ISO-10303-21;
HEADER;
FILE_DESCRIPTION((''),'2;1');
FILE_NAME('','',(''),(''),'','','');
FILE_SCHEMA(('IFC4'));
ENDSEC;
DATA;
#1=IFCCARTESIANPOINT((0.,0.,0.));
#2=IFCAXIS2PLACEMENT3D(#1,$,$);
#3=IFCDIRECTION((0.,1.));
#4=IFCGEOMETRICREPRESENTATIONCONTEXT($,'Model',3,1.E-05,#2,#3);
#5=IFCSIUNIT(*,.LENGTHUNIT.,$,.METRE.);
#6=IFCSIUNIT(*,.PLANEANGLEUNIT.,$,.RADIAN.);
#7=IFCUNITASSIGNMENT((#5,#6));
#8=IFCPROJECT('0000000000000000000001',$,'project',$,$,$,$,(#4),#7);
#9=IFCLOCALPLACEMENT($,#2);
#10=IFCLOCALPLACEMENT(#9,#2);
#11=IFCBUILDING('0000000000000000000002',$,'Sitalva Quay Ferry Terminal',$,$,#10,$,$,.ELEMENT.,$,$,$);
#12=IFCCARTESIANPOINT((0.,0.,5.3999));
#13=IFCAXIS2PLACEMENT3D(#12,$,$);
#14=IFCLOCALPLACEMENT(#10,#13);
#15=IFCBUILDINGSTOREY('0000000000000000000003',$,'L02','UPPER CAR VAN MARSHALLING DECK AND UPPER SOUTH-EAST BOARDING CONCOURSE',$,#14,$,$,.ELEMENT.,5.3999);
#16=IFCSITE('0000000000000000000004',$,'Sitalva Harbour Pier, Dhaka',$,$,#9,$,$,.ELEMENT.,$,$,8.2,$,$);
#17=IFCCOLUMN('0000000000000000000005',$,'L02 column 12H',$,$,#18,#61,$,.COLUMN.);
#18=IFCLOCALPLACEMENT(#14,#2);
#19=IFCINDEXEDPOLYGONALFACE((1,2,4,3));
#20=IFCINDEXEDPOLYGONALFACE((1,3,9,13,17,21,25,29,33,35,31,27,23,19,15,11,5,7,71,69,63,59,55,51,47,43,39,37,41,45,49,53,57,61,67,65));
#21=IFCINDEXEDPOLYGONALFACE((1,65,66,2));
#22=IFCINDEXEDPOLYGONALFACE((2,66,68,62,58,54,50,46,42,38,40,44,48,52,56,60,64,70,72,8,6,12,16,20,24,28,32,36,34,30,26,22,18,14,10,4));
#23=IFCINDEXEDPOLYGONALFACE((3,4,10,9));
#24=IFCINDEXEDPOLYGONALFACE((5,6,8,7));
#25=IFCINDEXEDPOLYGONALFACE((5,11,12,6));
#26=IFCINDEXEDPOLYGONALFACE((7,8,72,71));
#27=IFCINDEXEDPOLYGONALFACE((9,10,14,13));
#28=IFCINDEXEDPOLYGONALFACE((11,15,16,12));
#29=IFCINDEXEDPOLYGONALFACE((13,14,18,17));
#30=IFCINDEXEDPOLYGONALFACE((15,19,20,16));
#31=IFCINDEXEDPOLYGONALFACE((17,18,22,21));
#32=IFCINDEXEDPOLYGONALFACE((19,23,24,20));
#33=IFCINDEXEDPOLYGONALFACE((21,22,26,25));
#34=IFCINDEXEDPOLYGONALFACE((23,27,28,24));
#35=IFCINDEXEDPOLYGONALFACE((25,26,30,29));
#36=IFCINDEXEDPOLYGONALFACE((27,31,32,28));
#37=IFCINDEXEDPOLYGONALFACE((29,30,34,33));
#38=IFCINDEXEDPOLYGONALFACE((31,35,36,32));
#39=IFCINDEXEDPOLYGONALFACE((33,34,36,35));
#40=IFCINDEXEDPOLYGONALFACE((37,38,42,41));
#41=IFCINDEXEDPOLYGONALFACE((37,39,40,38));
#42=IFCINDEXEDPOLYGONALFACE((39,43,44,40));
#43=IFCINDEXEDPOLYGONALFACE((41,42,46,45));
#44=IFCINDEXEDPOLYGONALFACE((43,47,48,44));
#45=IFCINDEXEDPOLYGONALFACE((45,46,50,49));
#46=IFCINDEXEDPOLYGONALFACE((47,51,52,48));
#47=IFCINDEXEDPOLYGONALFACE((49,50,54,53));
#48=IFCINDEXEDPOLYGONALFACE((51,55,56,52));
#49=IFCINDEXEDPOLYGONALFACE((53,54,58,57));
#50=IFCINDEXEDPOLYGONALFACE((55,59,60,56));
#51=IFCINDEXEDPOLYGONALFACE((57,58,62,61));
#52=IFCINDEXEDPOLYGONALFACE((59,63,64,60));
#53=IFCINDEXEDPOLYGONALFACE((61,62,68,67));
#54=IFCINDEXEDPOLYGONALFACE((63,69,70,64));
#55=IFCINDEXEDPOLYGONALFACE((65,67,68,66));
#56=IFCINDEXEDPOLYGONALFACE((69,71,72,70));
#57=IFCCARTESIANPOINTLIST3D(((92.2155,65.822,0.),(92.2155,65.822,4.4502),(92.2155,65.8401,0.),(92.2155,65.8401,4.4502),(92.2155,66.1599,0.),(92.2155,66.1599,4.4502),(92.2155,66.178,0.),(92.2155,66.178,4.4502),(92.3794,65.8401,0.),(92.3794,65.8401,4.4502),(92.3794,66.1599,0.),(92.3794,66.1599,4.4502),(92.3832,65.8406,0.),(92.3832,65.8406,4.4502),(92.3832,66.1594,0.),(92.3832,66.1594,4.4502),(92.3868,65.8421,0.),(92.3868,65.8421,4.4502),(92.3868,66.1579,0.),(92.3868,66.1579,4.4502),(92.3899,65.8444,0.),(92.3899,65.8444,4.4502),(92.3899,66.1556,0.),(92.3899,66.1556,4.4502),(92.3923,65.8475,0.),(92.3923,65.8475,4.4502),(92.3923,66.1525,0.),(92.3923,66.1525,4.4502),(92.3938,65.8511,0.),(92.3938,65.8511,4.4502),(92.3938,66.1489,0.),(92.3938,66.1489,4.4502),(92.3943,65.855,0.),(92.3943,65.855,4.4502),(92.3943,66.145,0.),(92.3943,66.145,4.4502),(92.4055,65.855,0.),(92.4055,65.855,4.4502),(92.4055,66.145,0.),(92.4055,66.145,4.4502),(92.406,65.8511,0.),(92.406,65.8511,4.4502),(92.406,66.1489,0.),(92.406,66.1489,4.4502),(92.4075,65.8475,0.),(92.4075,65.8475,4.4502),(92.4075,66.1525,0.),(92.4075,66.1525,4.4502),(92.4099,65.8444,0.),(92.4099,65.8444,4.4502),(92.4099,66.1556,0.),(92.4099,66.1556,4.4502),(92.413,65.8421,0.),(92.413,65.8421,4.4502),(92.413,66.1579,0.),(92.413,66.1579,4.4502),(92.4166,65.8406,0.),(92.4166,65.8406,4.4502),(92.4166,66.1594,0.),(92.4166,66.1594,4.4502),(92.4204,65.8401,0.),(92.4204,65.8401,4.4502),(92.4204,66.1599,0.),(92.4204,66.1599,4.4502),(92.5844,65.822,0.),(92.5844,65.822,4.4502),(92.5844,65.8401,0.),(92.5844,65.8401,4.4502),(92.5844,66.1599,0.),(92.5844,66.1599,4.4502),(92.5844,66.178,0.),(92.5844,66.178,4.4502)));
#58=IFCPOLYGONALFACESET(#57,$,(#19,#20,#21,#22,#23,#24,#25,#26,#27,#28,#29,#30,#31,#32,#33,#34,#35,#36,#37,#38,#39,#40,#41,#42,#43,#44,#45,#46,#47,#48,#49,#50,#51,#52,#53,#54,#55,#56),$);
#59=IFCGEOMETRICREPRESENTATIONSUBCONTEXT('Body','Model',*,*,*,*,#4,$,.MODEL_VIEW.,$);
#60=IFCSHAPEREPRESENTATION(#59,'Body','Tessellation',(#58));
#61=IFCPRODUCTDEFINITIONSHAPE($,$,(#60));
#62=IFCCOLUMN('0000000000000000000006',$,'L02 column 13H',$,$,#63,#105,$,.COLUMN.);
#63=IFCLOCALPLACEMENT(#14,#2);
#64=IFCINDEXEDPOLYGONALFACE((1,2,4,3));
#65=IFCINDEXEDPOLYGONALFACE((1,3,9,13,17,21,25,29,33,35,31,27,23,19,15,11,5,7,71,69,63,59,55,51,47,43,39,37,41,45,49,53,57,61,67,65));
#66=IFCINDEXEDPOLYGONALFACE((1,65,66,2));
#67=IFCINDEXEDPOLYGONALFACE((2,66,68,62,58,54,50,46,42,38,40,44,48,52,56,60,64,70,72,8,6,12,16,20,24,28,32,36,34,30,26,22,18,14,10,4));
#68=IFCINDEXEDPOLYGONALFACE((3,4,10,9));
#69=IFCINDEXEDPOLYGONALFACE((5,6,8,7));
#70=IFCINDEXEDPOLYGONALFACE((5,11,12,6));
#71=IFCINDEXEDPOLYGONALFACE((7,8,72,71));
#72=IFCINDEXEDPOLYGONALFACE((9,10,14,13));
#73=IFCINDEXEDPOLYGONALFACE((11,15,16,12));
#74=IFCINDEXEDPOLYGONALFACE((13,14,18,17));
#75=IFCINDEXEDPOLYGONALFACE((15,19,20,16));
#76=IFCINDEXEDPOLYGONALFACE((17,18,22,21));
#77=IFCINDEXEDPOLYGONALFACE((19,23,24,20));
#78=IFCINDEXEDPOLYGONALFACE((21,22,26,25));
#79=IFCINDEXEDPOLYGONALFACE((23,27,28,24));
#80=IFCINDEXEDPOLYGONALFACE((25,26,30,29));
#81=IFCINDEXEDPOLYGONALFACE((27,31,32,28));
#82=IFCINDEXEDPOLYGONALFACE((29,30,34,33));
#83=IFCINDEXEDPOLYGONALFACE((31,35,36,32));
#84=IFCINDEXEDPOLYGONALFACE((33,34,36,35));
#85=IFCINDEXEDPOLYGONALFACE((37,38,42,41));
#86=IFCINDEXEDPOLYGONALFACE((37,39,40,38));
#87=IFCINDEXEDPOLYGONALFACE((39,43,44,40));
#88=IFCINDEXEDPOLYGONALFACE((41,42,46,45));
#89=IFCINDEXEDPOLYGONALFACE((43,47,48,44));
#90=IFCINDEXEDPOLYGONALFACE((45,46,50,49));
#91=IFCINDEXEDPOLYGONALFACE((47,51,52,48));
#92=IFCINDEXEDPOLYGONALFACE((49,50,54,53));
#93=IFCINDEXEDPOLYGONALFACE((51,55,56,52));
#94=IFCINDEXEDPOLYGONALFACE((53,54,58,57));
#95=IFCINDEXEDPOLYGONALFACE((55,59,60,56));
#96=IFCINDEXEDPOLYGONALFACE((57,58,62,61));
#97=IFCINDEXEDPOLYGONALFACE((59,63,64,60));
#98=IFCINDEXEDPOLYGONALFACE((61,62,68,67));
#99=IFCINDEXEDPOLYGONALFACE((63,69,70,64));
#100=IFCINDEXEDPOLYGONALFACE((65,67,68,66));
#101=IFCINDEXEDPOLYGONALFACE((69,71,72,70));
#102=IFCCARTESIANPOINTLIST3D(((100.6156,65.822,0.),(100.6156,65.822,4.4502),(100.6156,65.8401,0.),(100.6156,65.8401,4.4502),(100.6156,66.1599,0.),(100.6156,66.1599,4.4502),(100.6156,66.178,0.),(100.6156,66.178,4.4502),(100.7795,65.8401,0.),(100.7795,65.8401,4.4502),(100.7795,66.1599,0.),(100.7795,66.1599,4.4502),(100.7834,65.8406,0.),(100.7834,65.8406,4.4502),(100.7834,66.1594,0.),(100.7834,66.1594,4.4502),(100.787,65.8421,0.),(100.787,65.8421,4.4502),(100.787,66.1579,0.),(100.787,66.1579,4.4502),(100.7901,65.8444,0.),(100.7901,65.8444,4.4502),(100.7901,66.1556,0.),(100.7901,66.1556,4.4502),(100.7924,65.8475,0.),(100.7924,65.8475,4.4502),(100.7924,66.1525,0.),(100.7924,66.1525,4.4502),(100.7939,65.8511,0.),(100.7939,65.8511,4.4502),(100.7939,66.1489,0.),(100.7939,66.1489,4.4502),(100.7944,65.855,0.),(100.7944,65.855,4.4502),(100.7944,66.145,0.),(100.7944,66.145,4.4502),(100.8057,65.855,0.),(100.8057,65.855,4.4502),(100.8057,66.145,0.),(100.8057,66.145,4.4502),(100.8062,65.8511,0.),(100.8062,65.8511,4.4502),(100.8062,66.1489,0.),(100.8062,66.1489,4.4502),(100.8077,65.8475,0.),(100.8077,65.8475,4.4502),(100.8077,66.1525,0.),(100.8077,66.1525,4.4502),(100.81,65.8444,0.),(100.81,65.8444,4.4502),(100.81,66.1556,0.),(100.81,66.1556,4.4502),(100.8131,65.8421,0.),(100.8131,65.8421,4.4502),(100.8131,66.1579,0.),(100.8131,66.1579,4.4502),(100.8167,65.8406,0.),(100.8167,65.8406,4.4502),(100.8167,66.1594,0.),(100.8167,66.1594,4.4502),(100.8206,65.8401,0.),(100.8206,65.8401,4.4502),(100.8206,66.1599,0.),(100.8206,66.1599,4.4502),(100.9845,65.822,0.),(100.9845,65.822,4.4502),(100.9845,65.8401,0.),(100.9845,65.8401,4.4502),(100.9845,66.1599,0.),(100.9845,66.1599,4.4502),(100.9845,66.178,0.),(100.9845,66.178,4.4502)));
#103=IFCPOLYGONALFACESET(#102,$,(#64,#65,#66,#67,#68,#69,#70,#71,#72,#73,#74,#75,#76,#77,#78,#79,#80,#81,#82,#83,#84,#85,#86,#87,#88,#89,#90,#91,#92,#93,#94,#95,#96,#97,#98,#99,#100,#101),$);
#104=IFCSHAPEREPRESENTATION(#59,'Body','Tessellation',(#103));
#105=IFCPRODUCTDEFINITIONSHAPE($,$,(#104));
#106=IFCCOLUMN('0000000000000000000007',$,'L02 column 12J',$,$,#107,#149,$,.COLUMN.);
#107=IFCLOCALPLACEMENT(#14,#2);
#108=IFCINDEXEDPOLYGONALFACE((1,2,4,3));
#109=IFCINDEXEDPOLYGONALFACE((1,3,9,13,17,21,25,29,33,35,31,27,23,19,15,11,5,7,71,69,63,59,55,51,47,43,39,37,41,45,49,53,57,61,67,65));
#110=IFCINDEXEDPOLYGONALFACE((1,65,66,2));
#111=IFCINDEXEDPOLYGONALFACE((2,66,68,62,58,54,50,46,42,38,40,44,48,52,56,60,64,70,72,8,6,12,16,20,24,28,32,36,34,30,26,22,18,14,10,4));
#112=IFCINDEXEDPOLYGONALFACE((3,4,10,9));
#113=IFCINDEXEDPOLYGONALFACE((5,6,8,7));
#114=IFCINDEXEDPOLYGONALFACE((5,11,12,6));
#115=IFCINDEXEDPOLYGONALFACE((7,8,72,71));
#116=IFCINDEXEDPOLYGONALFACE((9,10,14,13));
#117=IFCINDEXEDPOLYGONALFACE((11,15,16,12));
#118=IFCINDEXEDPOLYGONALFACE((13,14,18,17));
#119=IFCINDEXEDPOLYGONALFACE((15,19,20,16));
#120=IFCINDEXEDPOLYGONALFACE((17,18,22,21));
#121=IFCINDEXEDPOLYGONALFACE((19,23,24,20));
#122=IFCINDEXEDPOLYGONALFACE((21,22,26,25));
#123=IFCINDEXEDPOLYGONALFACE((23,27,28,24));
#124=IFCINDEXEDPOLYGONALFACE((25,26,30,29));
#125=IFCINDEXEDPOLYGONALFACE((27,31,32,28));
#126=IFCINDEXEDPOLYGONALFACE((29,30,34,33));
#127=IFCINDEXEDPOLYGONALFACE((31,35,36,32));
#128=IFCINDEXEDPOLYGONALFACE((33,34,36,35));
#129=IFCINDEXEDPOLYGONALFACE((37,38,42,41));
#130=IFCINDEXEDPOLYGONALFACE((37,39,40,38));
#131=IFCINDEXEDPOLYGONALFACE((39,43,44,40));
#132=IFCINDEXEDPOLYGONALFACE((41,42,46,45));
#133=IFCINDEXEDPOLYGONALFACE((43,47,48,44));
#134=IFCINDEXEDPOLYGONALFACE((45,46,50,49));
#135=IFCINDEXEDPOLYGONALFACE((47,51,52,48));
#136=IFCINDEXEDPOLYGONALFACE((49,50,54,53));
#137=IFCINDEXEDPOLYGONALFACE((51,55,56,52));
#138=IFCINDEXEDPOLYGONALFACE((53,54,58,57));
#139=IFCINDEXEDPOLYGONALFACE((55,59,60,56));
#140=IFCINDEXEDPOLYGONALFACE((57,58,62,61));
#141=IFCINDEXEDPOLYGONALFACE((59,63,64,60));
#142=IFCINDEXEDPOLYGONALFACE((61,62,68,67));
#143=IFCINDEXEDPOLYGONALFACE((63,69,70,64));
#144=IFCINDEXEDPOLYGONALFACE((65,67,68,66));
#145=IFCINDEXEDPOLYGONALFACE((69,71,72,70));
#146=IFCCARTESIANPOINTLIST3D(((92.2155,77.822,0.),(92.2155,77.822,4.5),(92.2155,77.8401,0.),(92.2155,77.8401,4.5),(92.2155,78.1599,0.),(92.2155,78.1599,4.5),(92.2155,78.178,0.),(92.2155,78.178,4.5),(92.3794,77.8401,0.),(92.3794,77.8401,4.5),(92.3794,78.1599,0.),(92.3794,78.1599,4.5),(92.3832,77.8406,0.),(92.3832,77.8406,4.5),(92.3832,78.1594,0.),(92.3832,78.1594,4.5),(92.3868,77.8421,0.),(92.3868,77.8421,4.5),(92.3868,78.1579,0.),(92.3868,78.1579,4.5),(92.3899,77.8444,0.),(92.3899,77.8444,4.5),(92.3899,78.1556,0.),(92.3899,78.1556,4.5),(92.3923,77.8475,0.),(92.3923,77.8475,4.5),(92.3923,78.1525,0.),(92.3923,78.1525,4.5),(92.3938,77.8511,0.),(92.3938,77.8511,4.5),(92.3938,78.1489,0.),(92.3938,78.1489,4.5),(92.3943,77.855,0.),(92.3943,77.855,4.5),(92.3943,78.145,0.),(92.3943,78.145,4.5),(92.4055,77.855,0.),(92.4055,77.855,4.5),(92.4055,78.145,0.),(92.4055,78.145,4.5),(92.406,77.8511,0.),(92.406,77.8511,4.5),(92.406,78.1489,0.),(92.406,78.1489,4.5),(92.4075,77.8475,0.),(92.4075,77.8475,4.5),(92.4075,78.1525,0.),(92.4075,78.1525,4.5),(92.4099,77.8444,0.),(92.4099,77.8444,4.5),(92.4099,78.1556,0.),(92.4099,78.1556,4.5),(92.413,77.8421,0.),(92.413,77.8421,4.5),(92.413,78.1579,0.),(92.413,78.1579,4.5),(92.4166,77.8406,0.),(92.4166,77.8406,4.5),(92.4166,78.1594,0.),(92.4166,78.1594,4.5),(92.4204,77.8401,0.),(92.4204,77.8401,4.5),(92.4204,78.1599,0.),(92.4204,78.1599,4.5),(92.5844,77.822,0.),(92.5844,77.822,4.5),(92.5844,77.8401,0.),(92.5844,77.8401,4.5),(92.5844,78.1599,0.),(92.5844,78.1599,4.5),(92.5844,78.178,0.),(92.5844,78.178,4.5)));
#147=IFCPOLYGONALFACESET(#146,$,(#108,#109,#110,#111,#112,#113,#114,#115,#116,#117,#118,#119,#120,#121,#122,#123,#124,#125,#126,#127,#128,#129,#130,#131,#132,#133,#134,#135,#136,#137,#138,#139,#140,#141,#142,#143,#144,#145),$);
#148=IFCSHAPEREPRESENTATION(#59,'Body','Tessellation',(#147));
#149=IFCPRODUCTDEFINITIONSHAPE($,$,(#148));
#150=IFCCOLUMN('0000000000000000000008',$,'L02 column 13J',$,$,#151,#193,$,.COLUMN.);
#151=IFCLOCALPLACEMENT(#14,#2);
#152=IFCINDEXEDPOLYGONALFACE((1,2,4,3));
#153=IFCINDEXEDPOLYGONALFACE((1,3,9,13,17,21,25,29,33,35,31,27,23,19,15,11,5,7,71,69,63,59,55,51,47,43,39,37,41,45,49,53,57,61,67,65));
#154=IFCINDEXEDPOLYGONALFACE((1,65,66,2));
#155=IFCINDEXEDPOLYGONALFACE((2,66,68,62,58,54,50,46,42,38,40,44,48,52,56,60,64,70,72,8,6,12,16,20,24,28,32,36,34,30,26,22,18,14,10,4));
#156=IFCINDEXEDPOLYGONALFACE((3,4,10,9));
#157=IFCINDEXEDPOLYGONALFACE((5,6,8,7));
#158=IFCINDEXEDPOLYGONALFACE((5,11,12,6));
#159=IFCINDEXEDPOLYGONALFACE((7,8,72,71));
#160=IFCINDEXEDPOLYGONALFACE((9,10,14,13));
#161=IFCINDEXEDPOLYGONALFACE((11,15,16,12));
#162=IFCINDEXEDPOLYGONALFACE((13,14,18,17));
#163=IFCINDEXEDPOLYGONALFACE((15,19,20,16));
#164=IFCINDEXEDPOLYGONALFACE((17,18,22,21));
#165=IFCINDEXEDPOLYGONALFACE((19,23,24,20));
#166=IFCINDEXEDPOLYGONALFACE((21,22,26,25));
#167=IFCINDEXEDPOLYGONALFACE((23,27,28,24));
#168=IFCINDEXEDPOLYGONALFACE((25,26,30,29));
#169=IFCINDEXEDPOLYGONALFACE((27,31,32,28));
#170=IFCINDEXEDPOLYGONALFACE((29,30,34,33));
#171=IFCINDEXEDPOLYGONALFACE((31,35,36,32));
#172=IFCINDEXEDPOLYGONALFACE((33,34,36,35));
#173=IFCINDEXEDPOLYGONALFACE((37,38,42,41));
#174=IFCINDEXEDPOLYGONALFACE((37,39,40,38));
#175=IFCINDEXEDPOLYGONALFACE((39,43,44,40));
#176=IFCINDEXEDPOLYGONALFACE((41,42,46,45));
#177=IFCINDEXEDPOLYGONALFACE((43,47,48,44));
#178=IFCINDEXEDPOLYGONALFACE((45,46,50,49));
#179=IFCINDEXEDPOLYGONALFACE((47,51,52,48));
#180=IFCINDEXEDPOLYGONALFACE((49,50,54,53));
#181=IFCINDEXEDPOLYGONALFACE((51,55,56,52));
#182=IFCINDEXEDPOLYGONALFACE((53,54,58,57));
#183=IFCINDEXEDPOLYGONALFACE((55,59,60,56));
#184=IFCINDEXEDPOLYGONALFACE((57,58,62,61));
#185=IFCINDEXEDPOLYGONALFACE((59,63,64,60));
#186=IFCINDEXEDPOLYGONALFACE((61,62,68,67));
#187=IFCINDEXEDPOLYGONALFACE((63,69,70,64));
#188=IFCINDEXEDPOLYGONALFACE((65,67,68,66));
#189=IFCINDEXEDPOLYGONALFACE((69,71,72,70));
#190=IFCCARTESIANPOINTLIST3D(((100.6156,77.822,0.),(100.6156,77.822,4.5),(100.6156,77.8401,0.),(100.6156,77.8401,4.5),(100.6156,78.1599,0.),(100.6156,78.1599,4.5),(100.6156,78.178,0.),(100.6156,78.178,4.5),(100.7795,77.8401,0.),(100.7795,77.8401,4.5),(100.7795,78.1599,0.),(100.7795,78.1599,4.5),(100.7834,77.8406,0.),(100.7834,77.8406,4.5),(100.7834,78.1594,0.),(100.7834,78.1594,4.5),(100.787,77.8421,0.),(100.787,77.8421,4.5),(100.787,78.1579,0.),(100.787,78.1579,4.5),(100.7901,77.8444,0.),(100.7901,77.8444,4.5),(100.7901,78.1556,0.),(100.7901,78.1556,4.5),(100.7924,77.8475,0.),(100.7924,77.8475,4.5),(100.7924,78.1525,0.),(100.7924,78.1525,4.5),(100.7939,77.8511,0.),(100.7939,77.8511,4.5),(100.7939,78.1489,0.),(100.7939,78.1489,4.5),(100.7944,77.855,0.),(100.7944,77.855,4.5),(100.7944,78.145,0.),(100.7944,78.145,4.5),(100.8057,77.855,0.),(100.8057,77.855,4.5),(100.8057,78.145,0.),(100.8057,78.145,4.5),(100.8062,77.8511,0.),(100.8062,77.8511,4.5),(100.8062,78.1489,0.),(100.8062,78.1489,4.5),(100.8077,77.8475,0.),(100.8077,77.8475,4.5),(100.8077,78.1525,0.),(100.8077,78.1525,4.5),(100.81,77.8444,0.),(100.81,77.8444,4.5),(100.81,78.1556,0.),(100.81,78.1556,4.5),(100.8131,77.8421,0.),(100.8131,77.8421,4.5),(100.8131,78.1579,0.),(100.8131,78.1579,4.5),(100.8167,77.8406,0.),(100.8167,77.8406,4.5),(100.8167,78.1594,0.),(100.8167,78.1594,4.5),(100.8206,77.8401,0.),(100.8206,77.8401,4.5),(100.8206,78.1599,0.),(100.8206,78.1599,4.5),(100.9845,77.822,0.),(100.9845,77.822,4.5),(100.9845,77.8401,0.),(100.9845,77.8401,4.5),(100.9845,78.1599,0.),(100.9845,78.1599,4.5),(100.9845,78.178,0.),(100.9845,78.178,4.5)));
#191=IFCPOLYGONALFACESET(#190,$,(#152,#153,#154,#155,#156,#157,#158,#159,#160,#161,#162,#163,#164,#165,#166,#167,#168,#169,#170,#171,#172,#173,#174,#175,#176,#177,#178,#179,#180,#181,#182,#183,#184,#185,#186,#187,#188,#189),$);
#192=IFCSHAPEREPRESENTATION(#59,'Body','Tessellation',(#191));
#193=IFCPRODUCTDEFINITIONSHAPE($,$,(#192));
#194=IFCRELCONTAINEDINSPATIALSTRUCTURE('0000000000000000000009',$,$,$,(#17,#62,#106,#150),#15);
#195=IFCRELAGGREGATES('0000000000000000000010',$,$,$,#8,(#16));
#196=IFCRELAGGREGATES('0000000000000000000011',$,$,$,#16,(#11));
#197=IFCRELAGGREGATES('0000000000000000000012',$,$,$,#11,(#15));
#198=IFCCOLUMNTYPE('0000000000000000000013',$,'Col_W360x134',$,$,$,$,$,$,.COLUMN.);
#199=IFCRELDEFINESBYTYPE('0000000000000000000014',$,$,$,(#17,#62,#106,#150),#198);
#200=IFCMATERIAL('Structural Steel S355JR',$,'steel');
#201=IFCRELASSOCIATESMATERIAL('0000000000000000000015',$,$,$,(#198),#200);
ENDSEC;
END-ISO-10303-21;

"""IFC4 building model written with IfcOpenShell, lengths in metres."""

from ifc_helpers import new_model, si_unit, direction, frame, origin, origin_2d, place, context, subcontext, project, spatial, i_section, extrude, material, material_profile, profile_set, type_object, element, save


model = new_model("IFC4")

# Units and contexts
model_context = context("Model", 3, precision=1e-05, world=origin(), true_north=direction((0.0, 1.0)))
body_context = subcontext(model_context, "Body", "Model", "MODEL_VIEW")
ifc_project = project(units=[si_unit("LENGTHUNIT", "METRE"), si_unit("PLANEANGLEUNIT", "RADIAN")], contexts=[model_context])

# Site, building, storey
site_placement = place(None, origin())
site = spatial("IfcSite", under=ifc_project, at=site_placement, Name="Sitalva Harbour Pier, Dhaka", CompositionType="ELEMENT", RefElevation=8.2)
building_placement = place(site_placement, origin())
building = spatial("IfcBuilding", under=site, at=building_placement, Name="Sitalva Quay Ferry Terminal", CompositionType="ELEMENT")
storey_placement = place(building_placement, frame((0.0, 0.0, 5.3999)))
storey = spatial("IfcBuildingStorey", under=building, at=storey_placement, Name="L02", Description="UPPER CAR VAN MARSHALLING DECK AND UPPER SOUTH-EAST BOARDING CONCOURSE", CompositionType="ELEMENT", Elevation=5.3999)

# Columns
ifc_material_1 = material(Name="Structural Steel S355JR", Category="steel")
ifc_material_profile_1 = material_profile(ifc_material_1, i_section(OverallWidth=0.3689, OverallDepth=0.356, WebThickness=0.0112, FlangeThickness=0.0181, FilletRadius=0.0149, at=origin_2d()), Name="W360x134")
ifc_profile_set_1 = profile_set([ifc_material_profile_1], Name="Structural Steel S355JR")
column_type = type_object("IfcColumnType", Name="Col_W360x134", PredefinedType="COLUMN", material=ifc_profile_set_1)
for number, where, z_axis, x_axis, name in (
    (1, (92.3999, 66.0, 0.0), (0.0, 0.0, 1.0), (1.0, 0.0, 0.0), "L02 column 12H"),
    (2, (100.8, 66.0, 0.0), (0.0, 0.0, 1.0), (1.0, 0.0, 0.0), "L02 column 13H"),
):
    element("IfcColumn", number, at=place(storey_placement, frame(where, z_axis=z_axis, x_axis=x_axis)), inside=storey, type_object=column_type, Name=name, PredefinedType="COLUMN", context=body_context, shape_type="SweptSolid", body=[
        extrude(i_section(OverallWidth=0.3689, OverallDepth=0.356, WebThickness=0.0112, FlangeThickness=0.0181, FilletRadius=0.0149, at=origin_2d()), origin(), (0.0, 0.0, 1.0), 4.4502),
    ])
for number, where, z_axis, x_axis, name in (
    (3, (92.3999, 78.0, 0.0), (0.0, 0.0, 1.0), (1.0, 0.0, 0.0), "L02 column 12J"),
    (4, (100.8, 78.0, 0.0), (0.0, 0.0, 1.0), (1.0, 0.0, 0.0), "L02 column 13J"),
):
    element("IfcColumn", number, at=place(storey_placement, frame(where, z_axis=z_axis, x_axis=x_axis)), inside=storey, type_object=column_type, Name=name, PredefinedType="COLUMN", context=body_context, shape_type="SweptSolid", body=[
        extrude(i_section(OverallWidth=0.3689, OverallDepth=0.356, WebThickness=0.0112, FlangeThickness=0.0181, FilletRadius=0.0149, at=origin_2d()), origin(), (0.0, 0.0, 1.0), 4.5),
    ])

save(model, "model.ifc")
